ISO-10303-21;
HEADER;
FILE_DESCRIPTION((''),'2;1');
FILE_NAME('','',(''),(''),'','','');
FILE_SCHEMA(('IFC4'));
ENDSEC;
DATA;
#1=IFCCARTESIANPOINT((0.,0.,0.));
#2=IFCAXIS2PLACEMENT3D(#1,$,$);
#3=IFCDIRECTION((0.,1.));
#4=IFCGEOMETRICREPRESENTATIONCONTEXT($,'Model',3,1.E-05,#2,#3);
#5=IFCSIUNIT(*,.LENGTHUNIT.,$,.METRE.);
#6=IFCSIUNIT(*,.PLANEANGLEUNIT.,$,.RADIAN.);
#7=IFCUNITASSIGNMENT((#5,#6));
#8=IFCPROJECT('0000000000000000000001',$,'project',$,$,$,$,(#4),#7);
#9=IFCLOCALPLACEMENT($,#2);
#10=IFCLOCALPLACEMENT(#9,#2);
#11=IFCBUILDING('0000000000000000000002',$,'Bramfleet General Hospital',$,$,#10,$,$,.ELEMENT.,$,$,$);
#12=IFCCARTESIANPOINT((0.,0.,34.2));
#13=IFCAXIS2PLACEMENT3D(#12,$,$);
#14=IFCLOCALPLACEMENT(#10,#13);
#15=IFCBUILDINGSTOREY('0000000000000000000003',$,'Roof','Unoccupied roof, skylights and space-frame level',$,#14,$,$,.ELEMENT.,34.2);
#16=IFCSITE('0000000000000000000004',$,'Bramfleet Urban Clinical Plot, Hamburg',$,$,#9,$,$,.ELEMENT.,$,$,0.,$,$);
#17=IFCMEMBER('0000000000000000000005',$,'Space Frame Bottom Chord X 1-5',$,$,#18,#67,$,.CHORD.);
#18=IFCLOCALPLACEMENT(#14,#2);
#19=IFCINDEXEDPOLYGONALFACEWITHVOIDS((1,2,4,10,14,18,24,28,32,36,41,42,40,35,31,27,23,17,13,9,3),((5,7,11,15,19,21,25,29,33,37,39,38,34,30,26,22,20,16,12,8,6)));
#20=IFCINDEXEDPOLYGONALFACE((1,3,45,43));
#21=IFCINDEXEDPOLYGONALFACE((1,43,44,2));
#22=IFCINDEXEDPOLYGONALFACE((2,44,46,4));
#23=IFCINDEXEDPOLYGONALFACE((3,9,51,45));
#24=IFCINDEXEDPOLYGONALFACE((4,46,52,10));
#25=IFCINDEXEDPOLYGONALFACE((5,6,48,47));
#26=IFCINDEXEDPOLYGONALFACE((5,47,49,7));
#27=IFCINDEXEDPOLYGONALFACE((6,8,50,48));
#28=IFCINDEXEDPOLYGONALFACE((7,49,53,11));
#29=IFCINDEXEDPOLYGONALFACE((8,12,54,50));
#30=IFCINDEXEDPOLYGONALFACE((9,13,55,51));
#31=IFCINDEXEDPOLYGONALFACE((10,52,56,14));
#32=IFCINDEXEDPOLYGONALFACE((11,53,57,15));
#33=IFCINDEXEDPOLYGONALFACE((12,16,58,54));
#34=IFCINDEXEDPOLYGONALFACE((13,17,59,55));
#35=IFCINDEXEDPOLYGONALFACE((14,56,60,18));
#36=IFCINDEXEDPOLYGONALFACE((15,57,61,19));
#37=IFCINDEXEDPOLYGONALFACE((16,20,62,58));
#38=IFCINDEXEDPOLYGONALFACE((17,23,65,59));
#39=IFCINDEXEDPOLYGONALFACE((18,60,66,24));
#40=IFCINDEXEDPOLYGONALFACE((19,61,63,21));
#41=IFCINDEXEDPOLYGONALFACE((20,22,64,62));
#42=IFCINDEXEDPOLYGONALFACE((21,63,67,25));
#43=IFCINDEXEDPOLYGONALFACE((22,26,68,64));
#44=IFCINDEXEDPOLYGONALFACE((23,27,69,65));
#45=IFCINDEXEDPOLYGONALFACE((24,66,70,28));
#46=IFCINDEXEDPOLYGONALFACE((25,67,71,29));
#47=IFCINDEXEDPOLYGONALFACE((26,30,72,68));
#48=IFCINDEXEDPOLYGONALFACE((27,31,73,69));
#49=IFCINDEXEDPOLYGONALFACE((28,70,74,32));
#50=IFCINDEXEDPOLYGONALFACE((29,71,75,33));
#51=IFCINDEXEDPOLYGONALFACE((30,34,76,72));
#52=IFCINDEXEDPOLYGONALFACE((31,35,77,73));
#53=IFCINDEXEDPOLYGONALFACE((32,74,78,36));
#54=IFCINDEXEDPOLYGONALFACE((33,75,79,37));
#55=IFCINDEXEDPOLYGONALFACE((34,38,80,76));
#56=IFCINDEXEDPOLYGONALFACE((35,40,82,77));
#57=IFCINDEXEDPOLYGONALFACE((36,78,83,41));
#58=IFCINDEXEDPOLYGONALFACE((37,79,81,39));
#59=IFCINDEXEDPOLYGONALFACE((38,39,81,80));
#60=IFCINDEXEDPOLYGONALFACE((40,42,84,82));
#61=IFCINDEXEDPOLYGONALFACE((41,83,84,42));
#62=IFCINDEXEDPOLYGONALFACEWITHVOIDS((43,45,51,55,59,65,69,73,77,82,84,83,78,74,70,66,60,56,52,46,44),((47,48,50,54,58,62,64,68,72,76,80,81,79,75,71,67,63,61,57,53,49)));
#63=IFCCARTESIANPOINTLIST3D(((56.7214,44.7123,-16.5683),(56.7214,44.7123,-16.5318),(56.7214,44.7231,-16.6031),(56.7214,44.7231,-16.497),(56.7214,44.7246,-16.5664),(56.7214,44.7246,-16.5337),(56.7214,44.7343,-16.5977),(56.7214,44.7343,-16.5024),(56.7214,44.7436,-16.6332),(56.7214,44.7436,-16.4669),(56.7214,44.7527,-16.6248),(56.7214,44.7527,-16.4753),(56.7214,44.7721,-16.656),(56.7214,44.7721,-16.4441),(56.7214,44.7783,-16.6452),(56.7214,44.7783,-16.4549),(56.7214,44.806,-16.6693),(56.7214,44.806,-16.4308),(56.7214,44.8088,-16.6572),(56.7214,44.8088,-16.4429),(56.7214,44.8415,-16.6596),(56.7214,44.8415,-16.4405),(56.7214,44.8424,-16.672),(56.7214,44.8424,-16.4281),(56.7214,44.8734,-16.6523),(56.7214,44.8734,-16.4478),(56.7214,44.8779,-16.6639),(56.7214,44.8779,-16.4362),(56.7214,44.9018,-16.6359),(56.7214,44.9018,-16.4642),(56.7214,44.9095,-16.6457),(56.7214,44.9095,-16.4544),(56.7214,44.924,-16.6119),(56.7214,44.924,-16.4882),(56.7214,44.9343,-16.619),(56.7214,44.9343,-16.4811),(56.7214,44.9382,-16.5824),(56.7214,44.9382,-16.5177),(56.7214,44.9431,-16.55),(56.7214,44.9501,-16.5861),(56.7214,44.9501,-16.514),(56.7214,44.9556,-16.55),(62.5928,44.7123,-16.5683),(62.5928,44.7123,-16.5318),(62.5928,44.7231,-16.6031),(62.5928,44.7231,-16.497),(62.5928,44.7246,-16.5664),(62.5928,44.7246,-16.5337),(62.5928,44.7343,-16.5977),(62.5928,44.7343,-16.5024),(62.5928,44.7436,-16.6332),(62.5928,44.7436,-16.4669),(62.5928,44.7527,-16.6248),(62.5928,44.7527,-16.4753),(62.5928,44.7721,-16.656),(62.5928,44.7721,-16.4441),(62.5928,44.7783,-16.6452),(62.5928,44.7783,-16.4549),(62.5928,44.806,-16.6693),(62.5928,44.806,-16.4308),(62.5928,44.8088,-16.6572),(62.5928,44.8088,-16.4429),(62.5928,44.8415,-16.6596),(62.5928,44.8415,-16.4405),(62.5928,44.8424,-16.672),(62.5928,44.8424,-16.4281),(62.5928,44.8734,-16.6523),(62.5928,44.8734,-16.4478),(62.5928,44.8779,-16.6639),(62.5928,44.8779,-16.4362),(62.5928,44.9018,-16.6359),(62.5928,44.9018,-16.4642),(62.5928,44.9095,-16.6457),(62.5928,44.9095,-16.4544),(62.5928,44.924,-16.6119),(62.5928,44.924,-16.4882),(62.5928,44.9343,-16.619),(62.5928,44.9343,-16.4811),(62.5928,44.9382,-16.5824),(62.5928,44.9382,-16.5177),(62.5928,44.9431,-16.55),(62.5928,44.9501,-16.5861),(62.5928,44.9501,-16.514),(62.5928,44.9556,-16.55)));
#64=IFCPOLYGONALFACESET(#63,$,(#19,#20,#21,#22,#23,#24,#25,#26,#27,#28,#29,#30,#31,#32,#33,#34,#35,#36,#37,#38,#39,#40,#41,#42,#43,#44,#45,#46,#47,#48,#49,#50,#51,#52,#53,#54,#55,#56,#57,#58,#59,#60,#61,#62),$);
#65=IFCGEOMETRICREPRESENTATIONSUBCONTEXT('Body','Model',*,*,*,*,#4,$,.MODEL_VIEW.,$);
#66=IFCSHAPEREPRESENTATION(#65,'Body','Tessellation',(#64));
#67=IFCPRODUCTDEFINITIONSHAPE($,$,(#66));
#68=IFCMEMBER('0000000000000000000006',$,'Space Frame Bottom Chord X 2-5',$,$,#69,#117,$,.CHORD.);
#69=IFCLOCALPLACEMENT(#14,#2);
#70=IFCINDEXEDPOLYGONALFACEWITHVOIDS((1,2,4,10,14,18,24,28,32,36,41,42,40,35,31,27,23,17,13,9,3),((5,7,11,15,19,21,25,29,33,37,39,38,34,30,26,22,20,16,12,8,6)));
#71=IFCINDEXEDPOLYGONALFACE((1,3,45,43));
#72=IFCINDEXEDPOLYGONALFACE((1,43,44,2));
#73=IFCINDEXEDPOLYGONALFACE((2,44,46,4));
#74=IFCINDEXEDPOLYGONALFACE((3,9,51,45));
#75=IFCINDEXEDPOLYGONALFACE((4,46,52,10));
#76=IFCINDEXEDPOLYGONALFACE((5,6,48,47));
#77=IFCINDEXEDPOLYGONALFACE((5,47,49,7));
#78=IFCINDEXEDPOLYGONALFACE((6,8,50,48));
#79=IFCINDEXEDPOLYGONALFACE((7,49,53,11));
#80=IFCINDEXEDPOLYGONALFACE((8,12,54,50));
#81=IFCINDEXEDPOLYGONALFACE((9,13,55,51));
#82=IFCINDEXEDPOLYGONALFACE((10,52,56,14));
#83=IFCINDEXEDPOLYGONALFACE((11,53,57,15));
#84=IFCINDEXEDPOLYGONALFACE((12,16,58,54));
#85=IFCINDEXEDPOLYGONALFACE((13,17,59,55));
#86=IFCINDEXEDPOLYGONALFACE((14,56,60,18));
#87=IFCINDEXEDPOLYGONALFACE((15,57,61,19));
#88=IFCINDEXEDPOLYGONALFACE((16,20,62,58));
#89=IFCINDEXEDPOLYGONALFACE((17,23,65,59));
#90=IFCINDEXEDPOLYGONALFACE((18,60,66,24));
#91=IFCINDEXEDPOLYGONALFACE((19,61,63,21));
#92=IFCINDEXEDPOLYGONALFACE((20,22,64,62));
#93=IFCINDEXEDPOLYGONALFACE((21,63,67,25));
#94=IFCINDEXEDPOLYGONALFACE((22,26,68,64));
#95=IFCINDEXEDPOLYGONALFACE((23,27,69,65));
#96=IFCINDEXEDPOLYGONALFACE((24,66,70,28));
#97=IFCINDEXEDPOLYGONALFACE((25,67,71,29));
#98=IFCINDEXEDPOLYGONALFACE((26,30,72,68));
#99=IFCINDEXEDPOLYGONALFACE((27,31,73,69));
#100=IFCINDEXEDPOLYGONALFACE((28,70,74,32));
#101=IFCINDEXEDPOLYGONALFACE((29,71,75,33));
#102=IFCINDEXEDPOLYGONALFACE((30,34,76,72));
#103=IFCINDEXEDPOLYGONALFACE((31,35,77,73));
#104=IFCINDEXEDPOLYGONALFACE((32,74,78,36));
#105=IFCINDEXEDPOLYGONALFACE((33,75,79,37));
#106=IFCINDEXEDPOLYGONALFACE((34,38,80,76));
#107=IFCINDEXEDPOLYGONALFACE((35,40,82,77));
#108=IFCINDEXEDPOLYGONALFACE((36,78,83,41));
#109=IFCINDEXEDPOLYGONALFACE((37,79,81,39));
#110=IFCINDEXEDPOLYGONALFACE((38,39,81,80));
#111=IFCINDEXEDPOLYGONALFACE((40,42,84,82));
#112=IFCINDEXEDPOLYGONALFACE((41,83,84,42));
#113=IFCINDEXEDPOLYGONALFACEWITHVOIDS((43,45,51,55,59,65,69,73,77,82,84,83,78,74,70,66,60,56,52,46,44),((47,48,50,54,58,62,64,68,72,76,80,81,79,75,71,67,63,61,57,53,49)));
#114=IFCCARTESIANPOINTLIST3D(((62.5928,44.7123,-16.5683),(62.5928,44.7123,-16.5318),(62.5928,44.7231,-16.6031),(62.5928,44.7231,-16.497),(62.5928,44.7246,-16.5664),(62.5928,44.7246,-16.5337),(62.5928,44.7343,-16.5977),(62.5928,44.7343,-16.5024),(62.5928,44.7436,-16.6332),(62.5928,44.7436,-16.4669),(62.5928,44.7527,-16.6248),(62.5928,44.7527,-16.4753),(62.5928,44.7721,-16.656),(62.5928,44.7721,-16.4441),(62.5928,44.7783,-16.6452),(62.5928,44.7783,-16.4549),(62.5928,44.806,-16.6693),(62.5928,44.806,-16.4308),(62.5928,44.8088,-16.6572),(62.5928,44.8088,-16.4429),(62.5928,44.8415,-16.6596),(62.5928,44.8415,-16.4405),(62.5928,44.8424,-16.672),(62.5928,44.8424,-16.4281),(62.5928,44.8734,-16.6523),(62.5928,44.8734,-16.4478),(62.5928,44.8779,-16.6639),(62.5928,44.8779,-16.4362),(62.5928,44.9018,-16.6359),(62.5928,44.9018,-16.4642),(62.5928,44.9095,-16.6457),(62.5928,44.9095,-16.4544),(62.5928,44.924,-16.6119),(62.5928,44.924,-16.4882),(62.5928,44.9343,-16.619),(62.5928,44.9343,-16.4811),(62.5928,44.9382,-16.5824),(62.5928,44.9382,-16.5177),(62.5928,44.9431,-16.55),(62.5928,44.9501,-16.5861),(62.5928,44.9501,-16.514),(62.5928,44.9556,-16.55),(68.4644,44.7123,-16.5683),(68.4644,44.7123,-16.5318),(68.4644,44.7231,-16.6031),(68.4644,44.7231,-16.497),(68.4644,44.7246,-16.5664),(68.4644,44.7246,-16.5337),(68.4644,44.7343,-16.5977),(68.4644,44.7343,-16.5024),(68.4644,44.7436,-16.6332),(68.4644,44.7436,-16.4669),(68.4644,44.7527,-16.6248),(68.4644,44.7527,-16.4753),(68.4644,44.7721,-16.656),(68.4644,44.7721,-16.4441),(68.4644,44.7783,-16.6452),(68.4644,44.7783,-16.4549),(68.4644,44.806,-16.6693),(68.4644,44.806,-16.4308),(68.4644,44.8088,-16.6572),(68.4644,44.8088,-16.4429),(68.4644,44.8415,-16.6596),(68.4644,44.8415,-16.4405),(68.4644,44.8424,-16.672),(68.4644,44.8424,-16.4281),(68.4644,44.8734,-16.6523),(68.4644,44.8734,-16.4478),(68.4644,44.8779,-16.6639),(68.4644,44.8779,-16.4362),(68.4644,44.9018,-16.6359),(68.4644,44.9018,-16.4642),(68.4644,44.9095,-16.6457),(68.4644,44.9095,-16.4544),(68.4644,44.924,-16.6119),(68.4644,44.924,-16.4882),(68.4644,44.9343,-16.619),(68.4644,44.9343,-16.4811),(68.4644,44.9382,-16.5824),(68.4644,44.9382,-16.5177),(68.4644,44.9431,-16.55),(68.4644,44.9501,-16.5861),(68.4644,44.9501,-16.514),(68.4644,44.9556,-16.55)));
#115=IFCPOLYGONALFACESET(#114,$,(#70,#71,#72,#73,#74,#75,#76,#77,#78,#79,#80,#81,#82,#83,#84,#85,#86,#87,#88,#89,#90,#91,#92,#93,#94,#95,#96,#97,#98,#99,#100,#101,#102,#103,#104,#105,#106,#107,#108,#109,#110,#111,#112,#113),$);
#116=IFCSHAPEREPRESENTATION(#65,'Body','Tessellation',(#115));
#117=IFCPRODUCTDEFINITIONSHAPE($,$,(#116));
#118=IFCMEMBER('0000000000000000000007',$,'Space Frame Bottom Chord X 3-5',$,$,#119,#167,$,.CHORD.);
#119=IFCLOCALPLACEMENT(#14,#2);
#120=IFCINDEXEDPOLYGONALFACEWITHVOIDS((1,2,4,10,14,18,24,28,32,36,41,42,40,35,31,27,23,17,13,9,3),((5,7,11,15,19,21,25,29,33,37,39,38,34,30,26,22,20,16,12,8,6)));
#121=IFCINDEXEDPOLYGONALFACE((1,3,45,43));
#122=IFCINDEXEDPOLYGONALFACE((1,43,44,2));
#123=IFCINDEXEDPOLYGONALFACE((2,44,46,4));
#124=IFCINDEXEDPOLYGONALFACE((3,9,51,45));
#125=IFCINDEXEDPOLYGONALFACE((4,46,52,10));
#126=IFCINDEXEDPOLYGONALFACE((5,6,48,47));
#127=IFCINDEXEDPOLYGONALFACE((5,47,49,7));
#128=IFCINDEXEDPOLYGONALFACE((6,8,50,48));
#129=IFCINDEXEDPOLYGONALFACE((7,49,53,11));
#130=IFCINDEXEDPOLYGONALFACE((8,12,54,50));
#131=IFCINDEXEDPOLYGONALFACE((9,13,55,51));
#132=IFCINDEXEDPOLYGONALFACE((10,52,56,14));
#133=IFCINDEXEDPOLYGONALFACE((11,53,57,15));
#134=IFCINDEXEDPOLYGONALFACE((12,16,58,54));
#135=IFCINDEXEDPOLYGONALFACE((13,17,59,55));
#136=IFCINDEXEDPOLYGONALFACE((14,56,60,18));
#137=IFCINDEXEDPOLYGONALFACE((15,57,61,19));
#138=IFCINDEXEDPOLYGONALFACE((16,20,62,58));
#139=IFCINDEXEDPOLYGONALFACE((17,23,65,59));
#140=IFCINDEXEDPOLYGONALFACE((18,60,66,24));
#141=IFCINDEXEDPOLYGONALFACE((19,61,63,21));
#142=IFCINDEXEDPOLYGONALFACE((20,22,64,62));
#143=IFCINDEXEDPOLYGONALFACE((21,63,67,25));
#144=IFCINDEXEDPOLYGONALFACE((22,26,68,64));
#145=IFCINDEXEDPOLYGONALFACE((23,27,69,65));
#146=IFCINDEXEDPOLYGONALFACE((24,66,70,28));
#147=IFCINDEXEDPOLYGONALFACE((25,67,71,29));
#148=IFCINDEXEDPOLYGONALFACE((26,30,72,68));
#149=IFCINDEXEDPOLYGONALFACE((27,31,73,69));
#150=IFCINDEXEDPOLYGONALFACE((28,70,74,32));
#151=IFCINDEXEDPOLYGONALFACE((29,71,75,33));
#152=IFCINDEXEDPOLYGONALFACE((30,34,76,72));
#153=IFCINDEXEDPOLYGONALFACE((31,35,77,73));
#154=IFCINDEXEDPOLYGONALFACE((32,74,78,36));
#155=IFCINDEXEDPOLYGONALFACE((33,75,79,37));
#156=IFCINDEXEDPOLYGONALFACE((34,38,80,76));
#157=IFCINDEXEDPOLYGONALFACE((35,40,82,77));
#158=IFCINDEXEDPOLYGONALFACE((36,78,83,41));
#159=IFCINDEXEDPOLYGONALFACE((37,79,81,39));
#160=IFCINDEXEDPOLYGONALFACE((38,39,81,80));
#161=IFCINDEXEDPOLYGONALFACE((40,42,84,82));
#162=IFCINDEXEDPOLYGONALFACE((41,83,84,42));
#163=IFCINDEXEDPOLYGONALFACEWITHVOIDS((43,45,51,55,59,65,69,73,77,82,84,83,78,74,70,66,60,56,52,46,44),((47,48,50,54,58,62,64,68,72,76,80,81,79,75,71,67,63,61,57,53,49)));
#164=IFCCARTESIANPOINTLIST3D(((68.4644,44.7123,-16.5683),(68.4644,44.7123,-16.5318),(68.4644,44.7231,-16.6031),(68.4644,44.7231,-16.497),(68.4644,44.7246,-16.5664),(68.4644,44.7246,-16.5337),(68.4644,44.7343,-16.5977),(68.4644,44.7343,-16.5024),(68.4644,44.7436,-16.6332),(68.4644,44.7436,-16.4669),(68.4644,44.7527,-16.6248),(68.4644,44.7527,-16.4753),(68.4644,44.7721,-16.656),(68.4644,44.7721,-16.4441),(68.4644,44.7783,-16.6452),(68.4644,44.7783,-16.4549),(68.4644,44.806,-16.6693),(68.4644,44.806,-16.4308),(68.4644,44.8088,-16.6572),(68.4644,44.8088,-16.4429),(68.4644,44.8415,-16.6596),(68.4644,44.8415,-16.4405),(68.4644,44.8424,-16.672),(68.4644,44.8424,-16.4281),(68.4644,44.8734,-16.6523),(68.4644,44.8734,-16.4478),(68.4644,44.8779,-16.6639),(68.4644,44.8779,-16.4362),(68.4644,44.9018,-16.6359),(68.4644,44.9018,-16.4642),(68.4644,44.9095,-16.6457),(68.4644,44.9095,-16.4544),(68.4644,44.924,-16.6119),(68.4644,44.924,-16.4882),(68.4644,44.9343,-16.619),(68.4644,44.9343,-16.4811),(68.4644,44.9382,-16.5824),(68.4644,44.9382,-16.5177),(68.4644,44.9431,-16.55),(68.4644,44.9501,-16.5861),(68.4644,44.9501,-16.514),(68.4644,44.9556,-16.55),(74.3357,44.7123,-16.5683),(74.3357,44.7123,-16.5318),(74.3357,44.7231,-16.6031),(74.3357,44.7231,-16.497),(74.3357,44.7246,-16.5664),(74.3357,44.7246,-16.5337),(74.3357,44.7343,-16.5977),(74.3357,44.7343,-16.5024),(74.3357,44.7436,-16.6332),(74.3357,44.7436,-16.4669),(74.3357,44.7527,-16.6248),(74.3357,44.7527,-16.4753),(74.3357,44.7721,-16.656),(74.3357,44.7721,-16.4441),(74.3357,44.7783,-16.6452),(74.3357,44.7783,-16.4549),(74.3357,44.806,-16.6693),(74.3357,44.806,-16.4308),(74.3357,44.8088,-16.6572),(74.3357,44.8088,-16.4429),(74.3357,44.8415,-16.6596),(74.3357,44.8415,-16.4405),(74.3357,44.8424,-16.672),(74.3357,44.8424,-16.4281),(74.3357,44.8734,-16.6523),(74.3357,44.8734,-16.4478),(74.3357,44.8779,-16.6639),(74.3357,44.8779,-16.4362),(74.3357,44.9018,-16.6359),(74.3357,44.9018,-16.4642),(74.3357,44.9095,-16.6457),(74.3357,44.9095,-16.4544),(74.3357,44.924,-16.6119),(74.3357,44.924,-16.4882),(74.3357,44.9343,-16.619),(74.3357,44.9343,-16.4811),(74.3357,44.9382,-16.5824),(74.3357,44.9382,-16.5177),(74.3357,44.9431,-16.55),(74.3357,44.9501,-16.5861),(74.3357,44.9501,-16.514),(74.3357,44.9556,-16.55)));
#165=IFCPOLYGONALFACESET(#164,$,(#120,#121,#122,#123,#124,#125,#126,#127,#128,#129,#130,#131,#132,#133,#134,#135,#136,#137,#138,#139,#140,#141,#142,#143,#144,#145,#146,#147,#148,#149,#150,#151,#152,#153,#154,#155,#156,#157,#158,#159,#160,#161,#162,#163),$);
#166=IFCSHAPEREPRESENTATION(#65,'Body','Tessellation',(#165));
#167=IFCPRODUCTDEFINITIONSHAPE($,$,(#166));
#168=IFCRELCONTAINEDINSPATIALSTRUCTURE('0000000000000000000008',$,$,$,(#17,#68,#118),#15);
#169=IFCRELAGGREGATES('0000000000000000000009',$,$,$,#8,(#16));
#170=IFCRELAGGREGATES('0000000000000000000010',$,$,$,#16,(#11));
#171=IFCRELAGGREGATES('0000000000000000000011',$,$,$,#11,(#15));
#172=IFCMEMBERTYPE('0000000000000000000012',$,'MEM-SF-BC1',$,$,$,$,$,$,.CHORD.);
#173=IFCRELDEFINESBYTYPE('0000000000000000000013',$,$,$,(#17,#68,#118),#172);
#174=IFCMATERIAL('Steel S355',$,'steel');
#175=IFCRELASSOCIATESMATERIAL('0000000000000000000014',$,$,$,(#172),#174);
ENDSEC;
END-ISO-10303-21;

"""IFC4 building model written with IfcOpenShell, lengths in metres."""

from ifc_helpers import new_model, si_unit, direction, frame, origin, origin_2d, place, context, subcontext, project, spatial, hollow_circle, extrude, material, material_profile, profile_set, type_object, element, save


model = new_model("IFC4")

# Units and contexts
model_context = context("Model", 3, precision=1e-05, world=origin(), true_north=direction((0.0, 1.0)))
body_context = subcontext(model_context, "Body", "Model", "MODEL_VIEW")
ifc_project = project(units=[si_unit("LENGTHUNIT", "METRE"), si_unit("PLANEANGLEUNIT", "RADIAN")], contexts=[model_context])

# Site, building, storey
site_placement = place(None, origin())
site = spatial("IfcSite", under=ifc_project, at=site_placement, Name="Bramfleet Urban Clinical Plot, Hamburg", CompositionType="ELEMENT", RefElevation=0.0)
building_placement = place(site_placement, origin())
building = spatial("IfcBuilding", under=site, at=building_placement, Name="Bramfleet General Hospital", CompositionType="ELEMENT")
storey_placement = place(building_placement, frame((0.0, 0.0, 34.2)))
storey = spatial("IfcBuildingStorey", under=building, at=storey_placement, Name="Roof", Description="Unoccupied roof, skylights and space-frame level", CompositionType="ELEMENT", Elevation=34.2)

# Members
ifc_material = material(Name="Steel S355", Category="steel")
ifc_material_profile_1 = material_profile(ifc_material, hollow_circle(Radius=0.1223, WallThickness=0.0125, at=origin_2d()), Name="CHS 244.5x12.5")
ifc_profile_set_1 = profile_set([ifc_material_profile_1], Name="Steel S355")
member_type_1 = type_object("IfcMemberType", Name="MEM-SF-BC1", PredefinedType="CHORD", material=ifc_profile_set_1)
member_1_placement = place(storey_placement, frame((56.7214, 44.8333, -16.55), z_axis=(1.0, 0.0, 0.0), x_axis=(0.0, 1.0, 0.0)))
element("IfcMember", 1, at=member_1_placement, inside=storey, type_object=member_type_1, Name="Space Frame Bottom Chord X 1-5", PredefinedType="CHORD", context=body_context, shape_type="SweptSolid", body=[
    extrude(hollow_circle(Radius=0.1223, WallThickness=0.0125, at=origin_2d()), origin(), (0.0, 0.0, 1.0), 5.8713),
])
member_2_placement = place(storey_placement, frame((62.5928, 44.8333, -16.55), z_axis=(1.0, 0.0, 0.0), x_axis=(0.0, 1.0, 0.0)))
element("IfcMember", 2, at=member_2_placement, inside=storey, type_object=member_type_1, Name="Space Frame Bottom Chord X 2-5", PredefinedType="CHORD", context=body_context, shape_type="SweptSolid", body=[
    extrude(hollow_circle(Radius=0.1223, WallThickness=0.0125, at=origin_2d()), origin(), (0.0, 0.0, 1.0), 5.8716),
])
for number, where, z_axis, x_axis, name in (
    (3, (68.4644, 44.8333, -16.55), (1.0, 0.0, 0.0), (0.0, 1.0, 0.0), "Space Frame Bottom Chord X 3-5"),
):
    element("IfcMember", number, at=place(storey_placement, frame(where, z_axis=z_axis, x_axis=x_axis)), inside=storey, type_object=member_type_1, Name=name, PredefinedType="CHORD", context=body_context, shape_type="SweptSolid", body=[
        extrude(hollow_circle(Radius=0.1223, WallThickness=0.0125, at=origin_2d()), origin(), (0.0, 0.0, 1.0), 5.8713),
    ])

save(model, "model.ifc")
